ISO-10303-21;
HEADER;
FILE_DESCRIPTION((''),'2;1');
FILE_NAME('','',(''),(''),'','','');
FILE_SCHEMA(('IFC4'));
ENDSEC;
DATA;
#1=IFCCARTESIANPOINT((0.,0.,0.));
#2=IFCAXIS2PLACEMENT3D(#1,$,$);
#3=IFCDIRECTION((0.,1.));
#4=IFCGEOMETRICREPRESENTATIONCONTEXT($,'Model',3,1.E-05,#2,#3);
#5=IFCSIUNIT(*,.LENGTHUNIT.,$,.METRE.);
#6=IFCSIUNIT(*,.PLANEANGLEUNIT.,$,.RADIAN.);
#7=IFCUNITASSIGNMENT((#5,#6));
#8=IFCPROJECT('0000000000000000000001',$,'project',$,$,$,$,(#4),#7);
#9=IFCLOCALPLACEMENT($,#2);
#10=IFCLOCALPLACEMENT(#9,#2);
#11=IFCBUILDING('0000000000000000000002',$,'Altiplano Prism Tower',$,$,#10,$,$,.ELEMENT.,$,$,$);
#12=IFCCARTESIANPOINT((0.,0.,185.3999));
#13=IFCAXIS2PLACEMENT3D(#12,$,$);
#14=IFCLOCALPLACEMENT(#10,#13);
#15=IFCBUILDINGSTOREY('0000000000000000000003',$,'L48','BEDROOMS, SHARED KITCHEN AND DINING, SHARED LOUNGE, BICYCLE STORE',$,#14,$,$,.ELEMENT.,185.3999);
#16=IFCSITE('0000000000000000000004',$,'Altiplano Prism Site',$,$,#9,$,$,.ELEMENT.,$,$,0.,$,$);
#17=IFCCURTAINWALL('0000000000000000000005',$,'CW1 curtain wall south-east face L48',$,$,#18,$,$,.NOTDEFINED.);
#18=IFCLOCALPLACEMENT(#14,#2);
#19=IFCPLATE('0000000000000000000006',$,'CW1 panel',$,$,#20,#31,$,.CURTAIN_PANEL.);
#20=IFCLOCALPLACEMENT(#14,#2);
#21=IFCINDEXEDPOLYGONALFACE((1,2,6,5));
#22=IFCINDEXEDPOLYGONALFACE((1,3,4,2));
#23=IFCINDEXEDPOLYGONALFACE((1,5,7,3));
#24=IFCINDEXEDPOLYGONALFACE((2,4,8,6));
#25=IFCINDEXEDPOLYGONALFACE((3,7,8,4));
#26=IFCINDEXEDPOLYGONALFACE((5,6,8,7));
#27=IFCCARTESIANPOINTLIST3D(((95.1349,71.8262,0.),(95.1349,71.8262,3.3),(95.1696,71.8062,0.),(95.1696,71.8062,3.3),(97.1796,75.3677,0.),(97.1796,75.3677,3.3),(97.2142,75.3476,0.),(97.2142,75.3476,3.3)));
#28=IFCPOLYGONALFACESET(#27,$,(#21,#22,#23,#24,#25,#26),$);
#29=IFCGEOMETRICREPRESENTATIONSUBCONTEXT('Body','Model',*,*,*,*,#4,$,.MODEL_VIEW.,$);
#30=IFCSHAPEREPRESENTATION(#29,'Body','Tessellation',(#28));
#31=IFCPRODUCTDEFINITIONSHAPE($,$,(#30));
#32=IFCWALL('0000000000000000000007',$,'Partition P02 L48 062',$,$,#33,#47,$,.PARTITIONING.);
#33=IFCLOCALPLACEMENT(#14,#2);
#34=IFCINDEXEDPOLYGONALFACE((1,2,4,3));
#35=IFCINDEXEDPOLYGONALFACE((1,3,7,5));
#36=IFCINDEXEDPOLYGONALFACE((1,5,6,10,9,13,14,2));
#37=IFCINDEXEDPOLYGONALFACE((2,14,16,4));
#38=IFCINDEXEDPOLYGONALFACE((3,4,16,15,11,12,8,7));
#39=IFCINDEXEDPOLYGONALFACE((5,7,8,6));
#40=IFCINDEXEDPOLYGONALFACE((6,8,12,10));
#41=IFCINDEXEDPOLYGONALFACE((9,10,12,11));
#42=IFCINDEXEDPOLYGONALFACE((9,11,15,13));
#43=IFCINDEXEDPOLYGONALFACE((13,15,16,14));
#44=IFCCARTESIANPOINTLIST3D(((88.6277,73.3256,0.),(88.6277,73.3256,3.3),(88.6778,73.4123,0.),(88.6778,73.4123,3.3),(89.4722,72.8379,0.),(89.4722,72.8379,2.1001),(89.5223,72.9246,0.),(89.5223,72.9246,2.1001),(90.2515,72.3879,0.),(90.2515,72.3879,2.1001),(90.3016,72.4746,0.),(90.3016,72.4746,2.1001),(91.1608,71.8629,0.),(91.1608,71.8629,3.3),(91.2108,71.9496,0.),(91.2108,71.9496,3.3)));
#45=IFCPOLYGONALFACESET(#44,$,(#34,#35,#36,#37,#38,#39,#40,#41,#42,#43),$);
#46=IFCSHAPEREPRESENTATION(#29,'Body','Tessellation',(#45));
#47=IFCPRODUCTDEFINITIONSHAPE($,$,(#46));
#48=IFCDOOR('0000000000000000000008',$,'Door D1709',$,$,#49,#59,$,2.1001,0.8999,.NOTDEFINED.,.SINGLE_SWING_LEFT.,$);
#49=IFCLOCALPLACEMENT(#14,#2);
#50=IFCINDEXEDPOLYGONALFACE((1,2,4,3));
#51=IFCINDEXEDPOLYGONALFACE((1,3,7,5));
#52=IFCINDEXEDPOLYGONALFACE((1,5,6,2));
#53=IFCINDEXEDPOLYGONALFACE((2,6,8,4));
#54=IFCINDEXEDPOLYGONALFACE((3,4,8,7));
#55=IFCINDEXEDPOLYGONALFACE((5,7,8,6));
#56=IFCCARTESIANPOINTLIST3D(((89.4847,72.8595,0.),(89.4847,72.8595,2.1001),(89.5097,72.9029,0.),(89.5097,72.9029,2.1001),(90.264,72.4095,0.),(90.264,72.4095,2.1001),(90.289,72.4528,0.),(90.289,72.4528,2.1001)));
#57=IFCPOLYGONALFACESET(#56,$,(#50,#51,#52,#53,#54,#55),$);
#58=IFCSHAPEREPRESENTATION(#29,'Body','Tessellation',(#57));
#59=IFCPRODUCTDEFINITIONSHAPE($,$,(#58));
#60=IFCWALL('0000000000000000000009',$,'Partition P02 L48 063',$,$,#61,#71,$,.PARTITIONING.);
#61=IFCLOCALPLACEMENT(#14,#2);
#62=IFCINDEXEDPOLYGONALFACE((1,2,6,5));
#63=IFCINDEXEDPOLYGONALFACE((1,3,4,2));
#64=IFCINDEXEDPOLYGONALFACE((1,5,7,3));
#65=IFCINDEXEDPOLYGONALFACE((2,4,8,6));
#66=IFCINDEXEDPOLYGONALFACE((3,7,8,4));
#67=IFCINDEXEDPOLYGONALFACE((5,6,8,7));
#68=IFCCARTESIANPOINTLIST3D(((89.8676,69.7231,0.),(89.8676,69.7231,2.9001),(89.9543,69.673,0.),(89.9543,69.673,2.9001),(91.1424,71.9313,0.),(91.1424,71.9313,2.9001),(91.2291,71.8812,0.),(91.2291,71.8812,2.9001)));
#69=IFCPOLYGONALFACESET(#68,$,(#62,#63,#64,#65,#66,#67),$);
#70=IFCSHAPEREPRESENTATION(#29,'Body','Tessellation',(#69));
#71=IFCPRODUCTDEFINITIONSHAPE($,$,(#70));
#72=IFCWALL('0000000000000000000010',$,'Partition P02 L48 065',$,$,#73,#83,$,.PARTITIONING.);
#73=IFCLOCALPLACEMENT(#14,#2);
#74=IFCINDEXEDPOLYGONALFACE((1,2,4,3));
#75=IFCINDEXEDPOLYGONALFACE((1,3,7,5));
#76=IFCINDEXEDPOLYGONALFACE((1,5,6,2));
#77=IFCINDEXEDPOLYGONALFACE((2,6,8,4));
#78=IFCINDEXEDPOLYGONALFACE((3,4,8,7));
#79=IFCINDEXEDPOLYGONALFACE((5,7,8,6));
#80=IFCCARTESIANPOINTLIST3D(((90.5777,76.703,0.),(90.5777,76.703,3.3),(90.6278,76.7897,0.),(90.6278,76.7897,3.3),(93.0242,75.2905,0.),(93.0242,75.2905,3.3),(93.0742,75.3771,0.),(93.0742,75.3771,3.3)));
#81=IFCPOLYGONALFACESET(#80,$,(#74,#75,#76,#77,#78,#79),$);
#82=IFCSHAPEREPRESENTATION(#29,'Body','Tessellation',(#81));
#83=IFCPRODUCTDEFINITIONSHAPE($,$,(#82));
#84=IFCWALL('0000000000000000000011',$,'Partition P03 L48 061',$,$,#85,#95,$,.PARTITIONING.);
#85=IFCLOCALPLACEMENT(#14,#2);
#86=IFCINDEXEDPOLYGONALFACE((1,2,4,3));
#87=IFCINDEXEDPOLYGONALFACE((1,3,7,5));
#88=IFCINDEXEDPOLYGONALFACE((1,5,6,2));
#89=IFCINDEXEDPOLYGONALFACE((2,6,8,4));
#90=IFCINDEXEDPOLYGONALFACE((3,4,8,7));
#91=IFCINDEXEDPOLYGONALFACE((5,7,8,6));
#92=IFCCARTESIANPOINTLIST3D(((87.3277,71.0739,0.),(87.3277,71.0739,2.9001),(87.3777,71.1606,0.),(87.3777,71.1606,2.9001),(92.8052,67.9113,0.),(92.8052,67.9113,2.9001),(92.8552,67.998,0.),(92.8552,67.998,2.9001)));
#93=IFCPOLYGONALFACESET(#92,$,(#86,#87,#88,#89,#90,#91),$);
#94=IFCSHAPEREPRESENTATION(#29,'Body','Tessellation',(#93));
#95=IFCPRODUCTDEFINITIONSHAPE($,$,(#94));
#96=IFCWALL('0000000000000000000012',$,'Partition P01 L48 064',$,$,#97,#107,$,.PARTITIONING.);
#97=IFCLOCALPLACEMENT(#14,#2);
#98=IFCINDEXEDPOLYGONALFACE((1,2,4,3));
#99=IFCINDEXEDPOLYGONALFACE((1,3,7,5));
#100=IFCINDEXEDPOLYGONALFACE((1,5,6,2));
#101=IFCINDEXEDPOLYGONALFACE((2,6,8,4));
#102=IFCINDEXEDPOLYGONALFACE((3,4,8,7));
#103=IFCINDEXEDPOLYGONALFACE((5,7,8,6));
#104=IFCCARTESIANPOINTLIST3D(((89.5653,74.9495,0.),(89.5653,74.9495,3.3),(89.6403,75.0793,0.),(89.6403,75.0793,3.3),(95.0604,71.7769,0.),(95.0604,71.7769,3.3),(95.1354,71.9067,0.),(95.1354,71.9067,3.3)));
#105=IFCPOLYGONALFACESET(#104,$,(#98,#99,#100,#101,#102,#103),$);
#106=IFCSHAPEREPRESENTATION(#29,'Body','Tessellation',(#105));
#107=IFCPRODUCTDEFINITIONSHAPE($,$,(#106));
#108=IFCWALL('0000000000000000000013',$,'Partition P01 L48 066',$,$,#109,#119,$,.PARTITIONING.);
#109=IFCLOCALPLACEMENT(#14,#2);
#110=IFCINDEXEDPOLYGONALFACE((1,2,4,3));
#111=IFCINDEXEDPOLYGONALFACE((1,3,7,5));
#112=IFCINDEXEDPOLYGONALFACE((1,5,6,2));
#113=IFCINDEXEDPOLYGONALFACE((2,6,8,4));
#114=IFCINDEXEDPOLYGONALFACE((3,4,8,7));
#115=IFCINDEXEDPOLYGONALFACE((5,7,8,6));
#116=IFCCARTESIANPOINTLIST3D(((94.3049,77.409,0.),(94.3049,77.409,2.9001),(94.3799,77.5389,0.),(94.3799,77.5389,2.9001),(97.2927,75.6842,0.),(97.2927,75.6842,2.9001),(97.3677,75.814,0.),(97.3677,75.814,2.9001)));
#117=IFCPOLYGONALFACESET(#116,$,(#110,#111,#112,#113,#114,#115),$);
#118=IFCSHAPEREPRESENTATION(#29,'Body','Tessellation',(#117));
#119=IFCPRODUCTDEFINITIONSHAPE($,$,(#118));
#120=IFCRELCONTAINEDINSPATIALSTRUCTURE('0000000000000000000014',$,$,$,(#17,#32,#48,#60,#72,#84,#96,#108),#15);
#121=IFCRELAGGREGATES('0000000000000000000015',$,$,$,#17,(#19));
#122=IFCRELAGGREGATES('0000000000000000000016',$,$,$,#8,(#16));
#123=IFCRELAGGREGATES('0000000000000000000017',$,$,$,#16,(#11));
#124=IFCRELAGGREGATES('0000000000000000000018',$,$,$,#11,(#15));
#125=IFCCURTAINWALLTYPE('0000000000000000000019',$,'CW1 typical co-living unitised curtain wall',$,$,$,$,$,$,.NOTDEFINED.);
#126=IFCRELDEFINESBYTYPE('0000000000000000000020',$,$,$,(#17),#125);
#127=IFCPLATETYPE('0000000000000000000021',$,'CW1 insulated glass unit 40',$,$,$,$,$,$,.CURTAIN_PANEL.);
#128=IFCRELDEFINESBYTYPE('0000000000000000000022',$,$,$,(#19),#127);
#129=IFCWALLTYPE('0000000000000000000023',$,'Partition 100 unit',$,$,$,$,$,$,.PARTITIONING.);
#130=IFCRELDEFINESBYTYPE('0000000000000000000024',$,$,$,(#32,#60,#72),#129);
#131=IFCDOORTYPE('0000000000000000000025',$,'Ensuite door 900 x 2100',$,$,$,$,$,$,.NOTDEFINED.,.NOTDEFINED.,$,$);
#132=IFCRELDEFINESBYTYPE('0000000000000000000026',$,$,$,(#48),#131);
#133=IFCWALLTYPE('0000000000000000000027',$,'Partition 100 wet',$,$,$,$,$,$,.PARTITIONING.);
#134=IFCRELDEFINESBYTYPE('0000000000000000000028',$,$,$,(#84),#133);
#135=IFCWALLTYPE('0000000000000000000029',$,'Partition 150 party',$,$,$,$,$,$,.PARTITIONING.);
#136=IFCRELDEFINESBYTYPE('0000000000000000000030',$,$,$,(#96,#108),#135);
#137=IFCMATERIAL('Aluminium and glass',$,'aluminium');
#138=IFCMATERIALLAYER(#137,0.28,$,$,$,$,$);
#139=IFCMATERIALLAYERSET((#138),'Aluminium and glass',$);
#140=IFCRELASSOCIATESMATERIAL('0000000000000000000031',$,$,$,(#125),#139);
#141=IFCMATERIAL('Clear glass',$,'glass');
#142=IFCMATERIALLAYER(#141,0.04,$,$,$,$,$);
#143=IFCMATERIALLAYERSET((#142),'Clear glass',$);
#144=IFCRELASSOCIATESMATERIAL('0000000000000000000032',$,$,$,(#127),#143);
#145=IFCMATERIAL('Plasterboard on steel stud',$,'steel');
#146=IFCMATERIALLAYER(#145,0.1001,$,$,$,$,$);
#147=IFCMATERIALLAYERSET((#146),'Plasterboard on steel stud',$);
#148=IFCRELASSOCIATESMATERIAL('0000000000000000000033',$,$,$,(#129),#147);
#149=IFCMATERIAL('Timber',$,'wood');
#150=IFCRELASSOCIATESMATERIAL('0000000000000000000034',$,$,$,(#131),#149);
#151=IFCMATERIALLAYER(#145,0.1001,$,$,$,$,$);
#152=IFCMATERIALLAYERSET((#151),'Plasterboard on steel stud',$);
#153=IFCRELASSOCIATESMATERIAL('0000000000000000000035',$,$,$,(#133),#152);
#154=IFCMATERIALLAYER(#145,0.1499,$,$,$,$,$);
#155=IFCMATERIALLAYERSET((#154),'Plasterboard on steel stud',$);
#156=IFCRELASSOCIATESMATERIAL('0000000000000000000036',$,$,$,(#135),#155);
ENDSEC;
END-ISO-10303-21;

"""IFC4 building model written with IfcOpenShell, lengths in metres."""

from ifc_helpers import new_model, si_unit, direction, frame, frame_2d, origin, origin_2d, place, context, subcontext, project, spatial, rectangle, extrude, material, layer, layer_set, type_object, element, fill, aggregate, save


model = new_model("IFC4")

# Units and contexts
model_context = context("Model", 3, precision=1e-05, world=origin(), true_north=direction((0.0, 1.0)))
body_context = subcontext(model_context, "Body", "Model", "MODEL_VIEW")
ifc_project = project(units=[si_unit("LENGTHUNIT", "METRE"), si_unit("PLANEANGLEUNIT", "RADIAN")], contexts=[model_context])

# Site, building, storey
site_placement = place(None, origin())
site = spatial("IfcSite", under=ifc_project, at=site_placement, Name="Altiplano Prism Site", CompositionType="ELEMENT", RefElevation=0.0)
building_placement = place(site_placement, origin())
building = spatial("IfcBuilding", under=site, at=building_placement, Name="Altiplano Prism Tower", CompositionType="ELEMENT")
storey_placement = place(building_placement, frame((0.0, 0.0, 185.3999)))
storey = spatial("IfcBuildingStorey", under=building, at=storey_placement, Name="L48", Description="BEDROOMS, SHARED KITCHEN AND DINING, SHARED LOUNGE, BICYCLE STORE", CompositionType="ELEMENT", Elevation=185.3999)

# Curtain wall
ifc_material_1 = material(Name="Aluminium and glass", Category="aluminium")
ifc_layer_1 = layer(ifc_material_1, 0.28)
ifc_layer_set_1 = layer_set([ifc_layer_1], Name="Aluminium and glass")
curtain_wall_type = type_object("IfcCurtainWallType", Name="CW1 typical co-living unitised curtain wall", PredefinedType="NOTDEFINED", material=ifc_layer_set_1)
curtain_wall_placement = place(storey_placement, origin())
curtain_wall = element("IfcCurtainWall", 1, at=curtain_wall_placement, inside=storey, type_object=curtain_wall_type, Name="CW1 curtain wall south-east face L48", PredefinedType="NOTDEFINED")

# Plate
ifc_material_2 = material(Name="Clear glass", Category="glass")
ifc_layer_2 = layer(ifc_material_2, 0.04)
ifc_layer_set_2 = layer_set([ifc_layer_2], Name="Clear glass")
plate_type = type_object("IfcPlateType", Name="CW1 insulated glass unit 40", PredefinedType="CURTAIN_PANEL", material=ifc_layer_set_2)
plate_1_placement = place(storey_placement, frame((96.1746, 73.5869, 0.0), z_axis=(0.0, 0.0, 1.0), x_axis=(0.5, 0.866025, 0.0)))
plate_1 = element("IfcPlate", 2, at=plate_1_placement, type_object=plate_type, Name="CW1 panel", PredefinedType="CURTAIN_PANEL", context=body_context, shape_type="SweptSolid", body=[
    extrude(rectangle(XDim=4.0894, YDim=0.04, at=origin_2d()), origin(), (0.0, 0.0, 1.0), 3.3),
])
aggregate(curtain_wall, [plate_1])

# Wall, opening, door
ifc_material_3 = material(Name="Plasterboard on steel stud", Category="steel")
ifc_layer_3 = layer(ifc_material_3, 0.1001)
ifc_layer_set_3 = layer_set([ifc_layer_3], Name="Plasterboard on steel stud")
wall_type_1 = type_object("IfcWallType", Name="Partition 100 unit", PredefinedType="PARTITIONING", material=ifc_layer_set_3)
wall_1_placement = place(storey_placement, frame((88.6528, 73.3689, 0.0), z_axis=(0.0, 0.0, 1.0), x_axis=(0.86599, -0.500062, 0.0)))
wall_1 = element("IfcWall", 3, at=wall_1_placement, inside=storey, type_object=wall_type_1, Name="Partition P02 L48 062", PredefinedType="PARTITIONING", context=body_context, shape_type="SweptSolid", body=[
    extrude(rectangle(XDim=2.925, YDim=0.1001, at=frame_2d((1.4624, 0.0))), origin(), (0.0, 0.0, 1.0), 3.3),
])
opening_placement = place(wall_1_placement, frame((0.9751, 0.0, 0.0)))
opening = element("IfcOpeningElement", 4, at=opening_placement, cuts=wall_1, PredefinedType="OPENING", context=body_context, shape_type="SweptSolid", body=[
    extrude(rectangle(XDim=0.8999, YDim=2.1001, at=frame_2d((0.45, 1.05))), frame((0.0, 0.0605, 0.0), z_axis=(0.0, -1.0, 0.0), x_axis=(1.0, 0.0, 0.0)), (0.0, 0.0, 1.0), 0.1211),
])
ifc_material_4 = material(Name="Timber", Category="wood")
door_type = type_object("IfcDoorType", Name="Ensuite door 900 x 2100", OperationType="NOTDEFINED", PredefinedType="NOTDEFINED", material=ifc_material_4)
door_placement = place(opening_placement, origin())
door = element("IfcDoor", 5, at=door_placement, inside=storey, type_object=door_type, Name="Door D1709", OperationType="SINGLE_SWING_LEFT", OverallHeight=2.1001, OverallWidth=0.8999, PredefinedType="NOTDEFINED", context=body_context, shape_type="SweptSolid", body=[
    extrude(rectangle(XDim=0.8999, YDim=2.1001, at=frame_2d((0.45, 1.05))), frame((0.0, 0.0249, 0.0), z_axis=(0.0, -1.0, 0.0), x_axis=(1.0, 0.0, 0.0)), (0.0, 0.0, 1.0), 0.05),
])
fill(opening, door)

# Walls
wall_2_placement = place(storey_placement, frame((91.1858, 71.9062, 0.0), z_axis=(0.0, 0.0, 1.0), x_axis=(-0.49999, -0.866031, 0.0)))
element("IfcWall", 6, at=wall_2_placement, inside=storey, type_object=wall_type_1, Name="Partition P02 L48 063", PredefinedType="PARTITIONING", context=body_context, shape_type="SweptSolid", body=[
    extrude(rectangle(XDim=2.5498, YDim=0.1001, at=frame_2d((1.2749, 0.0))), origin(), (0.0, 0.0, 1.0), 2.9001),
])
wall_3_placement = place(storey_placement, frame((93.0493, 75.3337, 0.0), z_axis=(0.0, 0.0, 1.0), x_axis=(-0.866011, 0.500024, 0.0)))
element("IfcWall", 7, at=wall_3_placement, inside=storey, type_object=wall_type_1, Name="Partition P02 L48 065", PredefinedType="PARTITIONING", context=body_context, shape_type="SweptSolid", body=[
    extrude(rectangle(XDim=2.825, YDim=0.1001, at=frame_2d((1.4126, 0.0))), origin(), (0.0, 0.0, 1.0), 3.3),
])
ifc_layer_4 = layer(ifc_material_3, 0.1001)
ifc_layer_set_4 = layer_set([ifc_layer_4], Name="Plasterboard on steel stud")
wall_type_2 = type_object("IfcWallType", Name="Partition 100 wet", PredefinedType="PARTITIONING", material=ifc_layer_set_4)
wall_4_placement = place(storey_placement, frame((92.8303, 67.9546, 0.0), z_axis=(0.0, 0.0, 1.0), x_axis=(-0.866016, 0.500016, 0.0)))
element("IfcWall", 8, at=wall_4_placement, inside=storey, type_object=wall_type_2, Name="Partition P03 L48 061", PredefinedType="PARTITIONING", context=body_context, shape_type="SweptSolid", body=[
    extrude(rectangle(XDim=6.325, YDim=0.1001, at=frame_2d((3.1626, 0.0))), origin(), (0.0, 0.0, 1.0), 2.9001),
])
ifc_layer_5 = layer(ifc_material_3, 0.1499)
ifc_layer_set_5 = layer_set([ifc_layer_5], Name="Plasterboard on steel stud")
wall_type_3 = type_object("IfcWallType", Name="Partition 150 party", PredefinedType="PARTITIONING", material=ifc_layer_set_5)
wall_5_placement = place(storey_placement, frame((95.0979, 71.8418, 0.0), z_axis=(0.0, 0.0, 1.0), x_axis=(-0.866025, 0.5, 0.0)))
element("IfcWall", 9, at=wall_5_placement, inside=storey, type_object=wall_type_3, Name="Partition P01 L48 064", PredefinedType="PARTITIONING", context=body_context, shape_type="SweptSolid", body=[
    extrude(rectangle(XDim=6.3452, YDim=0.1499, at=frame_2d((3.1726, 0.0))), origin(), (0.0, 0.0, 1.0), 3.3),
])
wall_6_placement = place(storey_placement, frame((97.3303, 75.749, 0.0), z_axis=(0.0, 0.0, 1.0), x_axis=(-0.866044, 0.499967, 0.0)))
element("IfcWall", 10, at=wall_6_placement, inside=storey, type_object=wall_type_3, Name="Partition P01 L48 066", PredefinedType="PARTITIONING", context=body_context, shape_type="SweptSolid", body=[
    extrude(rectangle(XDim=3.45, YDim=0.1499, at=frame_2d((1.7251, 0.0))), origin(), (0.0, 0.0, 1.0), 2.9001),
])

save(model, "model.ifc")
